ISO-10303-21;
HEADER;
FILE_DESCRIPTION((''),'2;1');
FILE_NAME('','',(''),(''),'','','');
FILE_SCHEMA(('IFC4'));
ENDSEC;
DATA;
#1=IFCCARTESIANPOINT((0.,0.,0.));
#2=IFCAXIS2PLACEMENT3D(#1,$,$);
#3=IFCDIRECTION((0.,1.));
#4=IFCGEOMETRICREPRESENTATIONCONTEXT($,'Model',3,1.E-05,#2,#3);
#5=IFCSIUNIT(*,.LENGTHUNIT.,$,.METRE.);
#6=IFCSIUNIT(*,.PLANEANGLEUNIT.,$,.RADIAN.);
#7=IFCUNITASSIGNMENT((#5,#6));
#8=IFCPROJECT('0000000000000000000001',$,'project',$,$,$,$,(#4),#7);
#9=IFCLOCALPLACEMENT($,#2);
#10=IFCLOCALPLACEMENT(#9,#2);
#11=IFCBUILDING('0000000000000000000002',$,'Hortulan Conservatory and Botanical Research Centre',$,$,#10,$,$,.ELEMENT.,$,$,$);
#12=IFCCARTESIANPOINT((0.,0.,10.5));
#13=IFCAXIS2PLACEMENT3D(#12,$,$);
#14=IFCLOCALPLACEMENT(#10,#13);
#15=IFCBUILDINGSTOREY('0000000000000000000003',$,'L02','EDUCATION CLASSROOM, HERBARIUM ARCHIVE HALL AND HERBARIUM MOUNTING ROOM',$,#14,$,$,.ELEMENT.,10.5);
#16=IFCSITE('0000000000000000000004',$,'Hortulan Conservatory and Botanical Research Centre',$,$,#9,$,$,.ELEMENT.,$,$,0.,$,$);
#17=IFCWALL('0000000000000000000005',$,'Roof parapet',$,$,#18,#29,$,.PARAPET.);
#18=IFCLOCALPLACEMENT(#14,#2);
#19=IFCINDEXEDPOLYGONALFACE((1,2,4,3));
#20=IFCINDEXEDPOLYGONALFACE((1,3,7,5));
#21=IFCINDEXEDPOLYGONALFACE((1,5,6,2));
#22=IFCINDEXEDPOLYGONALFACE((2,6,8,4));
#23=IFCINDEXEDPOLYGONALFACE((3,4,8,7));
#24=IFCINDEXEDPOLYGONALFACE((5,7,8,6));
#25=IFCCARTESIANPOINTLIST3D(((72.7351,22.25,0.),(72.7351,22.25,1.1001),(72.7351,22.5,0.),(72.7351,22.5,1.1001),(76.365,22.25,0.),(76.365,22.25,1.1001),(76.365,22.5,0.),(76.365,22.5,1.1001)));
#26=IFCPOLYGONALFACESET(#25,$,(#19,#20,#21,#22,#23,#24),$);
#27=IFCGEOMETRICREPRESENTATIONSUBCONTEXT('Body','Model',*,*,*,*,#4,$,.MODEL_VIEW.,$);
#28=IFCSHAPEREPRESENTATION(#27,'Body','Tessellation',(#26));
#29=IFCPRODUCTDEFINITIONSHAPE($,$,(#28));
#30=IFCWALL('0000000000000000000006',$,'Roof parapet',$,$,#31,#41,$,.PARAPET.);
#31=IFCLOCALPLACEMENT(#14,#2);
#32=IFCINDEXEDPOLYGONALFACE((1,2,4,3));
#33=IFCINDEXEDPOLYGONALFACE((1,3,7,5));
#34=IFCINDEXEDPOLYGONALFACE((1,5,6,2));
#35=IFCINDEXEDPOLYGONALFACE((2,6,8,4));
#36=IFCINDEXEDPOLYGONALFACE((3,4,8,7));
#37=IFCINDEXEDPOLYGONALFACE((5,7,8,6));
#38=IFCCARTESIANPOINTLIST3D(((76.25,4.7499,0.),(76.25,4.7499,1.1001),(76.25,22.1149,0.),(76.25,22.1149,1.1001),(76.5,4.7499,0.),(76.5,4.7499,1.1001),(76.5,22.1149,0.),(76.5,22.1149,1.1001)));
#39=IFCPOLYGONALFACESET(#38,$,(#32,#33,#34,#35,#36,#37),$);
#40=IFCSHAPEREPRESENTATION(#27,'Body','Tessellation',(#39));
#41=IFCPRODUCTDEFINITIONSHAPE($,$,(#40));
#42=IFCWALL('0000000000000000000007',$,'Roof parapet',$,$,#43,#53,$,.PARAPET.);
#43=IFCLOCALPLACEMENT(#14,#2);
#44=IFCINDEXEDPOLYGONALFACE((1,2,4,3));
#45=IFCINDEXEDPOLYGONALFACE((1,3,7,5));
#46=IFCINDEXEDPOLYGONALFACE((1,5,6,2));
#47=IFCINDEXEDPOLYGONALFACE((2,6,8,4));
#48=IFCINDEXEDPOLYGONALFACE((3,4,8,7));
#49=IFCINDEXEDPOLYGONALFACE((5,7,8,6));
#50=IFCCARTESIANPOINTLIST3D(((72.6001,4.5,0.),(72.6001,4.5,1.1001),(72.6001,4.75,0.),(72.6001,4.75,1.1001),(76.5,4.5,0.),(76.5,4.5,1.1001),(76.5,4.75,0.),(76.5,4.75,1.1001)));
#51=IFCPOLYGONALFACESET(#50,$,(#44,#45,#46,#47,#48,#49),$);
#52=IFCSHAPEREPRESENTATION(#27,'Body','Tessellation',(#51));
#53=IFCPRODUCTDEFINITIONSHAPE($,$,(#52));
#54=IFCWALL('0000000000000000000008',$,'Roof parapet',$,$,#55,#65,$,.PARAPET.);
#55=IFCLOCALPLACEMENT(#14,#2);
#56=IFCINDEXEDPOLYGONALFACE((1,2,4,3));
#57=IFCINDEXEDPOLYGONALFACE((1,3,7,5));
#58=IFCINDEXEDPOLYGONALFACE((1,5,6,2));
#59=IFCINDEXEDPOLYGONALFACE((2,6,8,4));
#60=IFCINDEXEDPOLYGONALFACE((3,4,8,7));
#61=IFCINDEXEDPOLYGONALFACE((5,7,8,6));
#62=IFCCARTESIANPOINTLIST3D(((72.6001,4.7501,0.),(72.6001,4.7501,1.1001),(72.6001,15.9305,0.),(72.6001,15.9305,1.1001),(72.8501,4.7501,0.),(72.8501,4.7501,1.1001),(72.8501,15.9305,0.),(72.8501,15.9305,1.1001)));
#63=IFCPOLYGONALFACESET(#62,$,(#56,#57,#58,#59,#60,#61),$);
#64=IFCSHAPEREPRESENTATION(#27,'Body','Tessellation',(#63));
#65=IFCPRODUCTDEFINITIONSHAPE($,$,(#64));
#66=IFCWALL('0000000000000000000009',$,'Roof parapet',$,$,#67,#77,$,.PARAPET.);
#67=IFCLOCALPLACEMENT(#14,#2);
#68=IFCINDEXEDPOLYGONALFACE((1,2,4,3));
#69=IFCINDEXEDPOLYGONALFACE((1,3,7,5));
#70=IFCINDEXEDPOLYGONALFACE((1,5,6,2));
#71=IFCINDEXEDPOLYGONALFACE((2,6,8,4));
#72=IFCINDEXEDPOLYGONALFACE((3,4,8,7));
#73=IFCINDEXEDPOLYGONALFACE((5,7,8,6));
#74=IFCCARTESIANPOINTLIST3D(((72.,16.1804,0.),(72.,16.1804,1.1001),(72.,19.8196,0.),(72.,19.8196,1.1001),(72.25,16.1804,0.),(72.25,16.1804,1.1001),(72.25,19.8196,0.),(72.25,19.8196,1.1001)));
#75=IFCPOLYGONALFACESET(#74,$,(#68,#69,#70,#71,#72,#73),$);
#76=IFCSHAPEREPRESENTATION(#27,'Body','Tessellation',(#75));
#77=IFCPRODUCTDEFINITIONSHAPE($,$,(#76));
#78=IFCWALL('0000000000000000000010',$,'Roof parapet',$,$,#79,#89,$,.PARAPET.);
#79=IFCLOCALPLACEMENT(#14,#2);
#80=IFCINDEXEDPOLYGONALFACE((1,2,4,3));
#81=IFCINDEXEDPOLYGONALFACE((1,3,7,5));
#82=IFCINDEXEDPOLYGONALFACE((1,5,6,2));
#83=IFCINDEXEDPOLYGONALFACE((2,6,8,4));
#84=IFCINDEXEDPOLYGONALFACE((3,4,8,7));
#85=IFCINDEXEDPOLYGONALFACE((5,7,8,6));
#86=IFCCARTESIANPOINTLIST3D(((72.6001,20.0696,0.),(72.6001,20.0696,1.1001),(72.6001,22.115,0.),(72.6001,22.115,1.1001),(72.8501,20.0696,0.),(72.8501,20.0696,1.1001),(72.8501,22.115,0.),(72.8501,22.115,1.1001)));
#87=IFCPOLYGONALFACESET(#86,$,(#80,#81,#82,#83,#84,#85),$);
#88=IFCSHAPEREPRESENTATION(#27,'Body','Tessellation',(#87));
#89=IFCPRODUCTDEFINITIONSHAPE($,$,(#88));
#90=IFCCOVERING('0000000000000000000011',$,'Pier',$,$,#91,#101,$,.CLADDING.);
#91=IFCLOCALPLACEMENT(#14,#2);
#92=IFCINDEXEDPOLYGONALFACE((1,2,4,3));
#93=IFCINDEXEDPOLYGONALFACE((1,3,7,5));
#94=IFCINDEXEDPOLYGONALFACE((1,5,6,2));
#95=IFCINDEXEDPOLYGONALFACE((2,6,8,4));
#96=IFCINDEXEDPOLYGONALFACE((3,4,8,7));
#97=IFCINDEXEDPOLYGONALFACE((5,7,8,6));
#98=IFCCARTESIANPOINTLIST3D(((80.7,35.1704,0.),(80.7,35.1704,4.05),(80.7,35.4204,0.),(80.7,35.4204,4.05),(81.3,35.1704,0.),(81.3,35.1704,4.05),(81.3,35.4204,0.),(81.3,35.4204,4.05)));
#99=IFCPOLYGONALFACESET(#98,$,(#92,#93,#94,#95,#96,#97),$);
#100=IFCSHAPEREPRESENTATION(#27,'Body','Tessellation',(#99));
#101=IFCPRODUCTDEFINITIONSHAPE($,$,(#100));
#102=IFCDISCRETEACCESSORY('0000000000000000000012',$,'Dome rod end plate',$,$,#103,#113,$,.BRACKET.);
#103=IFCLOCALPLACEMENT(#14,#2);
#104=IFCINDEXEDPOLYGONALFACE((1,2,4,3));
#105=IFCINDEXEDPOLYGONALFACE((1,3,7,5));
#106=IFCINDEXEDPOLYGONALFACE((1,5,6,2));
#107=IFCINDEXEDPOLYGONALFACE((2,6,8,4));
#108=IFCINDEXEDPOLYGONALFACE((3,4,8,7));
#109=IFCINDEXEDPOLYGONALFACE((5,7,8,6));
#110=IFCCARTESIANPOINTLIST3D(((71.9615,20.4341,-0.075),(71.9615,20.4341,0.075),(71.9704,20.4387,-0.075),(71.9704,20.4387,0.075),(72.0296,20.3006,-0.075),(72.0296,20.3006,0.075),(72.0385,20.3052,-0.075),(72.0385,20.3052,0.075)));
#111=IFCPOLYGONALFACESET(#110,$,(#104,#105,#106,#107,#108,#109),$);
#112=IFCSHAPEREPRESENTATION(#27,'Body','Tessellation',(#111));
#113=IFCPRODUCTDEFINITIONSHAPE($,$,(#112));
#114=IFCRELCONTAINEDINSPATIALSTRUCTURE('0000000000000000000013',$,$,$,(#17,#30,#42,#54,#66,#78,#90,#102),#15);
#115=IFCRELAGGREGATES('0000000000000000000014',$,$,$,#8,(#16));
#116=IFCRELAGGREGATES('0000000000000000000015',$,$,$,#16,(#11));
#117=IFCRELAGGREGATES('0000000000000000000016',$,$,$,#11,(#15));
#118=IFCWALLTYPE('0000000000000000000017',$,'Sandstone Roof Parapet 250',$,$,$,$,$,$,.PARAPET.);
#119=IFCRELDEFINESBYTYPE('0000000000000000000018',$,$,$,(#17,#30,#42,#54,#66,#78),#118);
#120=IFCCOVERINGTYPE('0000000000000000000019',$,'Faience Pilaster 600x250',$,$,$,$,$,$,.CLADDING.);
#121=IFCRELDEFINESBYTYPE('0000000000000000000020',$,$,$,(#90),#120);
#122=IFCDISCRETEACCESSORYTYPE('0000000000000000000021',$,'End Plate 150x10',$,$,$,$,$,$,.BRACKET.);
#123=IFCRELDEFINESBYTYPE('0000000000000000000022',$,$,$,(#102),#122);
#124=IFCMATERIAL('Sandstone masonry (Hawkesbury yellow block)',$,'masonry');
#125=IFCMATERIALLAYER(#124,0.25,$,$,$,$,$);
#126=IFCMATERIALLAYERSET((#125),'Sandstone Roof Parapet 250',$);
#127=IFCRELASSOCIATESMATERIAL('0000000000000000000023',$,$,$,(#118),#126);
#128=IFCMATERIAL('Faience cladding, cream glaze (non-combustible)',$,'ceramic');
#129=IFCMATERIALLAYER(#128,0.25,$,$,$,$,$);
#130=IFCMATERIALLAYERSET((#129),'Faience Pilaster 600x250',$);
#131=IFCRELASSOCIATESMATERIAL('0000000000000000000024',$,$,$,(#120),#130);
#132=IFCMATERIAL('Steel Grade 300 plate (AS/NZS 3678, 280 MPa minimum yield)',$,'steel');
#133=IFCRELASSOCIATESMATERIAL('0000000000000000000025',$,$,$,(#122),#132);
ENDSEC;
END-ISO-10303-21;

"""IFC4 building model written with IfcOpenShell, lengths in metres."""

from ifc_helpers import new_model, si_unit, direction, frame, frame_2d, origin, origin_2d, place, context, subcontext, project, spatial, rectangle, extrude, material, layer, layer_set, type_object, element, save


model = new_model("IFC4")

# Units and contexts
model_context = context("Model", 3, precision=1e-05, world=origin(), true_north=direction((0.0, 1.0)))
body_context = subcontext(model_context, "Body", "Model", "MODEL_VIEW")
ifc_project = project(units=[si_unit("LENGTHUNIT", "METRE"), si_unit("PLANEANGLEUNIT", "RADIAN")], contexts=[model_context])

# Site, building, storey
site_placement = place(None, origin())
site = spatial("IfcSite", under=ifc_project, at=site_placement, Name="Hortulan Conservatory and Botanical Research Centre", CompositionType="ELEMENT", RefElevation=0.0)
building_placement = place(site_placement, origin())
building = spatial("IfcBuilding", under=site, at=building_placement, Name="Hortulan Conservatory and Botanical Research Centre", CompositionType="ELEMENT")
storey_placement = place(building_placement, frame((0.0, 0.0, 10.5)))
storey = spatial("IfcBuildingStorey", under=building, at=storey_placement, Name="L02", Description="EDUCATION CLASSROOM, HERBARIUM ARCHIVE HALL AND HERBARIUM MOUNTING ROOM", CompositionType="ELEMENT", Elevation=10.5)

# Walls
ifc_material_1 = material(Name="Sandstone masonry (Hawkesbury yellow block)", Category="masonry")
ifc_layer_1 = layer(ifc_material_1, 0.25)
ifc_layer_set_1 = layer_set([ifc_layer_1], Name="Sandstone Roof Parapet 250")
wall_type_1 = type_object("IfcWallType", Name="Sandstone Roof Parapet 250", PredefinedType="PARAPET", material=ifc_layer_set_1)
wall_1_placement = place(storey_placement, frame((72.7351, 22.375, 0.0), z_axis=(0.0, 0.0, 1.0), x_axis=(1.0, 0.0, 0.0)))
element("IfcWall", 1, at=wall_1_placement, inside=storey, type_object=wall_type_1, Name="Roof parapet", PredefinedType="PARAPET", context=body_context, shape_type="SweptSolid", body=[
    extrude(rectangle(XDim=3.6299, YDim=0.25, at=frame_2d((1.8149, 0.0))), origin(), (0.0, 0.0, 1.0), 1.1001),
])
wall_2_placement = place(storey_placement, frame((76.375, 22.115, 0.0), z_axis=(0.0, 0.0, 1.0), x_axis=(0.0, -1.0, 0.0)))
element("IfcWall", 2, at=wall_2_placement, inside=storey, type_object=wall_type_1, Name="Roof parapet", PredefinedType="PARAPET", context=body_context, shape_type="SweptSolid", body=[
    extrude(rectangle(XDim=17.365, YDim=0.25, at=frame_2d((8.6826, 0.0))), origin(), (0.0, 0.0, 1.0), 1.1001),
])
wall_3_placement = place(storey_placement, frame((76.5, 4.625, 0.0), z_axis=(0.0, 0.0, 1.0), x_axis=(-1.0, 0.0, 0.0)))
element("IfcWall", 3, at=wall_3_placement, inside=storey, type_object=wall_type_1, Name="Roof parapet", PredefinedType="PARAPET", context=body_context, shape_type="SweptSolid", body=[
    extrude(rectangle(XDim=3.8999, YDim=0.25, at=frame_2d((1.95, 0.0))), origin(), (0.0, 0.0, 1.0), 1.1001),
])
wall_4_placement = place(storey_placement, frame((72.7251, 4.75, 0.0), z_axis=(0.0, 0.0, 1.0), x_axis=(0.0, 1.0, 0.0)))
element("IfcWall", 4, at=wall_4_placement, inside=storey, type_object=wall_type_1, Name="Roof parapet", PredefinedType="PARAPET", context=body_context, shape_type="SweptSolid", body=[
    extrude(rectangle(XDim=11.1804, YDim=0.25, at=frame_2d((5.5903, 0.0))), origin(), (0.0, 0.0, 1.0), 1.1001),
])
wall_5_placement = place(storey_placement, frame((72.125, 16.1804, 0.0), z_axis=(0.0, 0.0, 1.0), x_axis=(0.0, 1.0, 0.0)))
element("IfcWall", 5, at=wall_5_placement, inside=storey, type_object=wall_type_1, Name="Roof parapet", PredefinedType="PARAPET", context=body_context, shape_type="SweptSolid", body=[
    extrude(rectangle(XDim=3.6392, YDim=0.25, at=frame_2d((1.8196, 0.0))), origin(), (0.0, 0.0, 1.0), 1.1001),
])
wall_6_placement = place(storey_placement, frame((72.7251, 20.0696, 0.0), z_axis=(0.0, 0.0, 1.0), x_axis=(0.0, 1.0, 0.0)))
element("IfcWall", 6, at=wall_6_placement, inside=storey, type_object=wall_type_1, Name="Roof parapet", PredefinedType="PARAPET", context=body_context, shape_type="SweptSolid", body=[
    extrude(rectangle(XDim=2.0454, YDim=0.25, at=frame_2d((1.0227, 0.0))), origin(), (0.0, 0.0, 1.0), 1.1001),
])

# Covering
ifc_material_2 = material(Name="Faience cladding, cream glaze (non-combustible)", Category="ceramic")
ifc_layer_2 = layer(ifc_material_2, 0.25)
ifc_layer_set_2 = layer_set([ifc_layer_2], Name="Faience Pilaster 600x250")
covering_type = type_object("IfcCoveringType", Name="Faience Pilaster 600x250", PredefinedType="CLADDING", material=ifc_layer_set_2)
covering_placement = place(storey_placement, frame((81.0, 35.2954, 0.0), z_axis=(0.0, 0.0, 1.0), x_axis=(-1.0, 0.0, 0.0)))
element("IfcCovering", 7, at=covering_placement, inside=storey, type_object=covering_type, Name="Pier", PredefinedType="CLADDING", context=body_context, shape_type="SweptSolid", body=[
    extrude(rectangle(XDim=0.6001, YDim=0.25, at=origin_2d()), origin(), (0.0, 0.0, 1.0), 4.05),
])

# Discrete accessory
ifc_material_3 = material(Name="Steel Grade 300 plate (AS/NZS 3678, 280 MPa minimum yield)", Category="steel")
discrete_accessory_type = type_object("IfcDiscreteAccessoryType", Name="End Plate 150x10", PredefinedType="BRACKET", material=ifc_material_3)
discrete_accessory_placement = place(storey_placement, frame((72.0, 20.3696, -0.075), z_axis=(0.0, 0.0, 1.0), x_axis=(0.454721, -0.890634, 0.0)))
element("IfcDiscreteAccessory", 8, at=discrete_accessory_placement, inside=storey, type_object=discrete_accessory_type, Name="Dome rod end plate", PredefinedType="BRACKET", context=body_context, shape_type="SweptSolid", body=[
    extrude(rectangle(XDim=0.1499, YDim=0.01, at=origin_2d()), origin(), (0.0, 0.0, 1.0), 0.1499),
])

save(model, "model.ifc")
